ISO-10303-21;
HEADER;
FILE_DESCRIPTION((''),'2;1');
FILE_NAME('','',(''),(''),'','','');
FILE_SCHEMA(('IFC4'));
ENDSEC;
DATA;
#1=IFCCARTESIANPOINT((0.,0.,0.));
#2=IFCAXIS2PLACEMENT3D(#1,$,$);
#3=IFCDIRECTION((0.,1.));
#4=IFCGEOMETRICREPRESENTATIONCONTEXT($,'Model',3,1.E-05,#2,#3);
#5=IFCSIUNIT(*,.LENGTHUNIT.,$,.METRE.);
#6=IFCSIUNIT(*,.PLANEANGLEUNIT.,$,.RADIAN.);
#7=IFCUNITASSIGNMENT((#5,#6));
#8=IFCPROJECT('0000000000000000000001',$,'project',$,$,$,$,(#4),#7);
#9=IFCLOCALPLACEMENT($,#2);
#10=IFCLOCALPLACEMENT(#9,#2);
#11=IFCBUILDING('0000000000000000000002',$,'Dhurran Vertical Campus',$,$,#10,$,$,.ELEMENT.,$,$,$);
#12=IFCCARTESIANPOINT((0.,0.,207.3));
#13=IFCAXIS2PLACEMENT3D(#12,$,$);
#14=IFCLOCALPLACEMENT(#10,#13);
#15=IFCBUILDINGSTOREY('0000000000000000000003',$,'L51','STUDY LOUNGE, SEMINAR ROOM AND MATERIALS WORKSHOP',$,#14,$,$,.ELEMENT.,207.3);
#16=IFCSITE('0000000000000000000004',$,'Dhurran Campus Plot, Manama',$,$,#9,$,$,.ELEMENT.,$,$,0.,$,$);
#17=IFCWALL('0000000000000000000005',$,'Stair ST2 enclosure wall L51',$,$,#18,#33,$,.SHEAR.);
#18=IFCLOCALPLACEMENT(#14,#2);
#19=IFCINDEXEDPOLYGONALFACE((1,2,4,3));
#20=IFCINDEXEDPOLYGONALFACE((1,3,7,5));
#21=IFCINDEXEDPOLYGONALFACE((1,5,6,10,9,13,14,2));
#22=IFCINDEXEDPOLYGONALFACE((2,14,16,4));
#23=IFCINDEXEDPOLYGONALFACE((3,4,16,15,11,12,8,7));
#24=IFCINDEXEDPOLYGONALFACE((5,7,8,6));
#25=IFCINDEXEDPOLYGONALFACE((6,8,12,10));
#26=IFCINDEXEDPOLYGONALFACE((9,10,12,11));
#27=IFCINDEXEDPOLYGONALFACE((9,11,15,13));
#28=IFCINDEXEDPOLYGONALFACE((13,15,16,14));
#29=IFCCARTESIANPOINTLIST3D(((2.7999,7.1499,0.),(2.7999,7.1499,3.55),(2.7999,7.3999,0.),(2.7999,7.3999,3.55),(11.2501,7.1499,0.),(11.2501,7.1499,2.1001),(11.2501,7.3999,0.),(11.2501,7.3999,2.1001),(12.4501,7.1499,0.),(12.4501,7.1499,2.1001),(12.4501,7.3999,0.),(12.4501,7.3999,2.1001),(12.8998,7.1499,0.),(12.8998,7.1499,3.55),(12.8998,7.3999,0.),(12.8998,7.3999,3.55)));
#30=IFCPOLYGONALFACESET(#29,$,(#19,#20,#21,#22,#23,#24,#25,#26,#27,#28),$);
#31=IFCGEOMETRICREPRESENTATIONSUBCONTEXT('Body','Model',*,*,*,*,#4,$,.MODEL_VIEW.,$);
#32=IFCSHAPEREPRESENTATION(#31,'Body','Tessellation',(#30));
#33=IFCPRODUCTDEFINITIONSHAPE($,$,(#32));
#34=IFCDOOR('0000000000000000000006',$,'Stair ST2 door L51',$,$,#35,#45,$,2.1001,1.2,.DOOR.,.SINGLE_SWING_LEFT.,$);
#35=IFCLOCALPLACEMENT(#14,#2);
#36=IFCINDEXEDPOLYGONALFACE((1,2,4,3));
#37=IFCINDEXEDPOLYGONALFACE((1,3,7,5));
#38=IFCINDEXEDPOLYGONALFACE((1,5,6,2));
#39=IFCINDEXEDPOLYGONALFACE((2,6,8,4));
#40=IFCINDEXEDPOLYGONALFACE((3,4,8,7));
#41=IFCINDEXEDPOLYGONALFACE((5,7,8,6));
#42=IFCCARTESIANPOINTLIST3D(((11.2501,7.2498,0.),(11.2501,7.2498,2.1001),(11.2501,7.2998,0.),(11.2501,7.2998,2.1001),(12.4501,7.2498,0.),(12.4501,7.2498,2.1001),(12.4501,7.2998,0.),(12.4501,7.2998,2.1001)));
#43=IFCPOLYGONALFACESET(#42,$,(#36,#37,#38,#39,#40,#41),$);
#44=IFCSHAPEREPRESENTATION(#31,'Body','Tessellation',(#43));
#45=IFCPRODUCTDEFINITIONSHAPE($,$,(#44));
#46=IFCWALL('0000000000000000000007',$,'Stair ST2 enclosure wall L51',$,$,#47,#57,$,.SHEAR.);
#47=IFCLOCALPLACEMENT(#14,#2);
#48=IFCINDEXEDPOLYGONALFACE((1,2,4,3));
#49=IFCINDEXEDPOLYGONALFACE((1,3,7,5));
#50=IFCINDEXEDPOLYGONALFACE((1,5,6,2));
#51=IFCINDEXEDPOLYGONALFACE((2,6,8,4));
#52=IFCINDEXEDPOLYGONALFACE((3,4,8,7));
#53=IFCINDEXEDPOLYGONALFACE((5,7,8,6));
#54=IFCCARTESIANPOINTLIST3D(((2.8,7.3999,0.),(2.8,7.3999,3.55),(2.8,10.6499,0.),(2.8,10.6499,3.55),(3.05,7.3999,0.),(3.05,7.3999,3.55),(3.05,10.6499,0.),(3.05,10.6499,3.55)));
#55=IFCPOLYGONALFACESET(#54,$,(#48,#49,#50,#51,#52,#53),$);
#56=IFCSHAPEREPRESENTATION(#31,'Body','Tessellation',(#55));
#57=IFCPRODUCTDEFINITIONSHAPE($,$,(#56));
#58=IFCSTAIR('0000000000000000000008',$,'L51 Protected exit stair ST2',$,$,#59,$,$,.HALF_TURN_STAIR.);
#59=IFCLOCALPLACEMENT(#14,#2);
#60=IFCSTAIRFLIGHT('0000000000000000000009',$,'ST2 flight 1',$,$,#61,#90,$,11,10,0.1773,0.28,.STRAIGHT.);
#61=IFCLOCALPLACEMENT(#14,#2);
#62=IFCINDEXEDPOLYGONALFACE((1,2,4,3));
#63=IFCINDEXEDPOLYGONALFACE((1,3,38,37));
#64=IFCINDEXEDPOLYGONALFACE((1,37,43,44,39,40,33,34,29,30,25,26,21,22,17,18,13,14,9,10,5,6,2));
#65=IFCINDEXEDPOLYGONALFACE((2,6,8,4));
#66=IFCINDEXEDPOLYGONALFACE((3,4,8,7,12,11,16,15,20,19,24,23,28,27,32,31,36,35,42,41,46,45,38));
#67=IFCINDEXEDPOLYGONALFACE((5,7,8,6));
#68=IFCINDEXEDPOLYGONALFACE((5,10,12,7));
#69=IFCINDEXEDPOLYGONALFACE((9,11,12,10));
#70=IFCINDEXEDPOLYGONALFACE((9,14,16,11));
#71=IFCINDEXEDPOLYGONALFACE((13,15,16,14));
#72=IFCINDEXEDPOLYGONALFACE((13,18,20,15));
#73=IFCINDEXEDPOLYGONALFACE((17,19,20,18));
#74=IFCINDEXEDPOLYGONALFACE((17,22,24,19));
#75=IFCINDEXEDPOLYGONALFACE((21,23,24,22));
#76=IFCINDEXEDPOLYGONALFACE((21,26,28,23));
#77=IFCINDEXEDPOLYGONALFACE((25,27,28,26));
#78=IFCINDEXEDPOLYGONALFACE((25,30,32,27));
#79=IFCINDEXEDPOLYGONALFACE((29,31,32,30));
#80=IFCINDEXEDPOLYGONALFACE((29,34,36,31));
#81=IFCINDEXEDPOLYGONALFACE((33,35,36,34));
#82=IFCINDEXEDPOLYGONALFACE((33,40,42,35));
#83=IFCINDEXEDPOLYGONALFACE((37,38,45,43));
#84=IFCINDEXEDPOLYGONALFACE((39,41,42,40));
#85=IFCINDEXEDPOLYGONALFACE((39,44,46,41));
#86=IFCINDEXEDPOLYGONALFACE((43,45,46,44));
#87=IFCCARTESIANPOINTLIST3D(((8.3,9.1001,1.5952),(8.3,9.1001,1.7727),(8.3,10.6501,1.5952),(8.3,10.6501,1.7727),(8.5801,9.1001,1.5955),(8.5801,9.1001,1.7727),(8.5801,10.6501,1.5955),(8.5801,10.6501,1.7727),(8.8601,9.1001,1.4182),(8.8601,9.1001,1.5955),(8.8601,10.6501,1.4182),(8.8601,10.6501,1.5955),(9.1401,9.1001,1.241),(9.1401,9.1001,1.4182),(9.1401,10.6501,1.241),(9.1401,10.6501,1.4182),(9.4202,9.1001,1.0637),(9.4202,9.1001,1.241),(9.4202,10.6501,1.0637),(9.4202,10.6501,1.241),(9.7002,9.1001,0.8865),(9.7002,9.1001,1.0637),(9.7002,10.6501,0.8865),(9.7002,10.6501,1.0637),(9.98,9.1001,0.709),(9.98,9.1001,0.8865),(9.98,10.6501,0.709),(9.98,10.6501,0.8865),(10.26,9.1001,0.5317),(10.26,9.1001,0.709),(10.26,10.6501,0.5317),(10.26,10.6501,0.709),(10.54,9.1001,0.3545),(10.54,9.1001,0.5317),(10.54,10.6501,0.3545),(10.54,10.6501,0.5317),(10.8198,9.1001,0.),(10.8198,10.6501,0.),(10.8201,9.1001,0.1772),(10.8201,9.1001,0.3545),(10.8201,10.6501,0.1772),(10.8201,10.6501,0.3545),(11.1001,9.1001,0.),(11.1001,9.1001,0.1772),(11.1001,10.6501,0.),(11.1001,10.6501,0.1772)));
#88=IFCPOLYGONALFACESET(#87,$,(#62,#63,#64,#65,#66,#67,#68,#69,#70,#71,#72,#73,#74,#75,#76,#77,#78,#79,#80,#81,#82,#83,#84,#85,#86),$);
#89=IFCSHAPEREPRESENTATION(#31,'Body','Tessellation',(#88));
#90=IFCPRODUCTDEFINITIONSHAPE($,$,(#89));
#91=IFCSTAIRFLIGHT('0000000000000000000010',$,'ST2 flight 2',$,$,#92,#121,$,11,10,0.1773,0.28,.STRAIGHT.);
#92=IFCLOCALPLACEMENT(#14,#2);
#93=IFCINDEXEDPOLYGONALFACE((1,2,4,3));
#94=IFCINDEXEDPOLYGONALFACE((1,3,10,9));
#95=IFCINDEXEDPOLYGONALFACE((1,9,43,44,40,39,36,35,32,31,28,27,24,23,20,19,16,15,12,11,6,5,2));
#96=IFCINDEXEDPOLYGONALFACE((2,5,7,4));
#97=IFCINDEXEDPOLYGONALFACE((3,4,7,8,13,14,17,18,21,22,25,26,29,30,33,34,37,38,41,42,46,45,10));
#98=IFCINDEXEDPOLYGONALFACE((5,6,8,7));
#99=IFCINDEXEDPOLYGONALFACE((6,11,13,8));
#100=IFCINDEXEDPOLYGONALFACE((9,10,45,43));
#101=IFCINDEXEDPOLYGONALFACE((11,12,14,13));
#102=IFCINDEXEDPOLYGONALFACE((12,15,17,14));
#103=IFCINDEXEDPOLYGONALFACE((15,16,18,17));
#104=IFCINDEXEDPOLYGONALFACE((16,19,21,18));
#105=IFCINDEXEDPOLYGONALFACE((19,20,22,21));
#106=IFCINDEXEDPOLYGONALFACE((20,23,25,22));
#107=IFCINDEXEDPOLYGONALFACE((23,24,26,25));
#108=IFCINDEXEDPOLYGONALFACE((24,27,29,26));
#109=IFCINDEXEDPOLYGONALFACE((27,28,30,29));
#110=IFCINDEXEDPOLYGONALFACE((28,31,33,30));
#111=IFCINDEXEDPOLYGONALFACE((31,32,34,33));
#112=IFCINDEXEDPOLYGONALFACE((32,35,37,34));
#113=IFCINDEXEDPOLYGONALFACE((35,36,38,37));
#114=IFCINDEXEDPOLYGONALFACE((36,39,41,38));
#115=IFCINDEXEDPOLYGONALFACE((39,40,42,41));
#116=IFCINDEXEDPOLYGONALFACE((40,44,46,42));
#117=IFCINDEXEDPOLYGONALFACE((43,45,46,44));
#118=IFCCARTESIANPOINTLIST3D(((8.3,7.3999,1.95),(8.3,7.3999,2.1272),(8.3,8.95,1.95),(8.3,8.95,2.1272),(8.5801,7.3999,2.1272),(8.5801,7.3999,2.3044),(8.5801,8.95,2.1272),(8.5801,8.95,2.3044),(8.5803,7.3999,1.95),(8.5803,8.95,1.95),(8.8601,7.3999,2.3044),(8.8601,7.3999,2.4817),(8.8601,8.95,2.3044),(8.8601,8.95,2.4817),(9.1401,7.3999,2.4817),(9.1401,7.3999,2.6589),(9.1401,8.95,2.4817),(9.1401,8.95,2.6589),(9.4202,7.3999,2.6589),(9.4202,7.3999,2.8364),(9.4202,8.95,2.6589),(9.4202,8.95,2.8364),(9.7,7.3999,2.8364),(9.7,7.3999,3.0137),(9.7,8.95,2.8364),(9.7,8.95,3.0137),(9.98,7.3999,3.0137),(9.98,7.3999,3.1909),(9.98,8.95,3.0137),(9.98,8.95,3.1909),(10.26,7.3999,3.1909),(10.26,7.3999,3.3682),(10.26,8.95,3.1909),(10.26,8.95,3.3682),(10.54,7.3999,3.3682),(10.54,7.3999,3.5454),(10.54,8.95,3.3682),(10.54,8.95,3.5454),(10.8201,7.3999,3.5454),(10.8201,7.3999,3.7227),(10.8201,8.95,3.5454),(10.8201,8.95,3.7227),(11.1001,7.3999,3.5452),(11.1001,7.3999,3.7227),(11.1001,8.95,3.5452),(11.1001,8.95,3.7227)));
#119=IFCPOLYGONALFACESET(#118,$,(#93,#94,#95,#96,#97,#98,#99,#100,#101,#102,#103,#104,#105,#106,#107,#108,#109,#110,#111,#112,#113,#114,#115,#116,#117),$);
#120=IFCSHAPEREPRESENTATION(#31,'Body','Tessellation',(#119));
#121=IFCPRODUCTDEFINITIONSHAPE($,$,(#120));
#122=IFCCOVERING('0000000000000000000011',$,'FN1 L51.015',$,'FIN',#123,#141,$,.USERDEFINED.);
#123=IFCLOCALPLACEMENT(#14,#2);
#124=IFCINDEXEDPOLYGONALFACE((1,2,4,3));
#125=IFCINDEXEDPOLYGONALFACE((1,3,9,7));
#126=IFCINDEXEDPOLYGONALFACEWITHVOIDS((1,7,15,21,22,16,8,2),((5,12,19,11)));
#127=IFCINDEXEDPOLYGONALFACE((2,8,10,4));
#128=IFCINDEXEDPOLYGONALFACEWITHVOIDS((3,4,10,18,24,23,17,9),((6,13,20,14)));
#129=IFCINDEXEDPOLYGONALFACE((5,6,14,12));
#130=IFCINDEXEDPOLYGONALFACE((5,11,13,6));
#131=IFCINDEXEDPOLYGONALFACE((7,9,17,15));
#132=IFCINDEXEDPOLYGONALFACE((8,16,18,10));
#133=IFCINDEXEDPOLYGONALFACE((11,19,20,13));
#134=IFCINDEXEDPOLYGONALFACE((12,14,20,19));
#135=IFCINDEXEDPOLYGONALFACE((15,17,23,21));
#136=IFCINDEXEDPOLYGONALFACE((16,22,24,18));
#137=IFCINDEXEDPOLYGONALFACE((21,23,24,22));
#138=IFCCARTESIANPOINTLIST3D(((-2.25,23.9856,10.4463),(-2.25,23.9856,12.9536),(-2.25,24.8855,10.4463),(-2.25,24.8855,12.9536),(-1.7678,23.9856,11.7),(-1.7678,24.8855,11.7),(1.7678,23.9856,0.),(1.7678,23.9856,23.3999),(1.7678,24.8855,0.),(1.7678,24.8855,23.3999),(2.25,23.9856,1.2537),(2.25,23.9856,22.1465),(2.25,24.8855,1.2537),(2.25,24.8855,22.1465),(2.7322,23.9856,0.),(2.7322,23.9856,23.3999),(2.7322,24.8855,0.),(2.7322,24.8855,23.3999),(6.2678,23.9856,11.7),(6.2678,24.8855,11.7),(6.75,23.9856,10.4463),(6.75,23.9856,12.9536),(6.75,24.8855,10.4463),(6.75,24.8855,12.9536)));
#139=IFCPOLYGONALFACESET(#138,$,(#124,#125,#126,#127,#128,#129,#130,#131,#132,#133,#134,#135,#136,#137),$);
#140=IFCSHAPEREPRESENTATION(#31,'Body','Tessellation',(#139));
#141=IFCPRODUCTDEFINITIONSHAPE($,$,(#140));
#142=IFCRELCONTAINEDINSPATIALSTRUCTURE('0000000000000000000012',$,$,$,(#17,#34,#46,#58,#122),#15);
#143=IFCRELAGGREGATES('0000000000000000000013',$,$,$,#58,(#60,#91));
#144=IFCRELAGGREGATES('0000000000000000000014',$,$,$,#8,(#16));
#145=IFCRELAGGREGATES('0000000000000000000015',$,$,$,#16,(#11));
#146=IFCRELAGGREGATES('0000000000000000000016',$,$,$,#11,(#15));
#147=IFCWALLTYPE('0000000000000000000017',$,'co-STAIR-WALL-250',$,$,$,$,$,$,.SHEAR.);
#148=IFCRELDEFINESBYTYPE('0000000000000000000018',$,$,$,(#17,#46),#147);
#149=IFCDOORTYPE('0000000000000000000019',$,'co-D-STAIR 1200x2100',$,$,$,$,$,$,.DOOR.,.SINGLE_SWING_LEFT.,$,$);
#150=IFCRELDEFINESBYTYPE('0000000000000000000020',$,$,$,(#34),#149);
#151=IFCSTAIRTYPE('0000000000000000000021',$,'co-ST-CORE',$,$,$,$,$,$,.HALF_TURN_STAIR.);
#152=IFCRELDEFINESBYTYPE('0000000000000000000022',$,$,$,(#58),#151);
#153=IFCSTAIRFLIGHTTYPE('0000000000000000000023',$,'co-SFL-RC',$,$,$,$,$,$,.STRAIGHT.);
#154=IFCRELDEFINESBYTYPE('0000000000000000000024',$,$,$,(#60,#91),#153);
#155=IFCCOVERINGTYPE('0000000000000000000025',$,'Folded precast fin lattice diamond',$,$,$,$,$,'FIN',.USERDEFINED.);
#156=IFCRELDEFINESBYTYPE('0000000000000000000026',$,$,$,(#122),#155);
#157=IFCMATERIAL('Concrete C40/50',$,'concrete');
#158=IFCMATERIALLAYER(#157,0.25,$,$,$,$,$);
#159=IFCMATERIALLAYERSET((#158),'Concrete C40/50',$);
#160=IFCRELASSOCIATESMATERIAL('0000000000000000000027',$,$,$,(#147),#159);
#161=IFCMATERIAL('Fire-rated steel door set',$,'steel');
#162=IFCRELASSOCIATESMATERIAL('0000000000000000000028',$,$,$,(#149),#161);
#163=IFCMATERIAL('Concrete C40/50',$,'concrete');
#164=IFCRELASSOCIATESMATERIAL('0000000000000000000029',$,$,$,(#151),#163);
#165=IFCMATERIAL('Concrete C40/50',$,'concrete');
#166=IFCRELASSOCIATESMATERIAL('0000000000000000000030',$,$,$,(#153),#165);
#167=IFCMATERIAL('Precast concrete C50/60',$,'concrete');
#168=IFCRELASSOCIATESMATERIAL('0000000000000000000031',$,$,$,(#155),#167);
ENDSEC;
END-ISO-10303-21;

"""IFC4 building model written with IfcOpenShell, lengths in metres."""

from ifc_helpers import new_model, si_unit, direction, frame, frame_2d, origin, place, context, subcontext, project, spatial, polyline, rectangle, outline, extrude, material, layer, layer_set, type_object, element, fill, aggregate, save


model = new_model("IFC4")

# Units and contexts
model_context = context("Model", 3, precision=1e-05, world=origin(), true_north=direction((0.0, 1.0)))
body_context = subcontext(model_context, "Body", "Model", "MODEL_VIEW")
ifc_project = project(units=[si_unit("LENGTHUNIT", "METRE"), si_unit("PLANEANGLEUNIT", "RADIAN")], contexts=[model_context])

# Site, building, storey
site_placement = place(None, origin())
site = spatial("IfcSite", under=ifc_project, at=site_placement, Name="Dhurran Campus Plot, Manama", CompositionType="ELEMENT", RefElevation=0.0)
building_placement = place(site_placement, origin())
building = spatial("IfcBuilding", under=site, at=building_placement, Name="Dhurran Vertical Campus", CompositionType="ELEMENT")
storey_placement = place(building_placement, frame((0.0, 0.0, 207.3)))
storey = spatial("IfcBuildingStorey", under=building, at=storey_placement, Name="L51", Description="STUDY LOUNGE, SEMINAR ROOM AND MATERIALS WORKSHOP", CompositionType="ELEMENT", Elevation=207.3)

# Wall, opening, door
ifc_material_1 = material(Name="Concrete C40/50", Category="concrete")
ifc_layer_1 = layer(ifc_material_1, 0.25)
ifc_layer_set_1 = layer_set([ifc_layer_1], Name="Concrete C40/50")
wall_type_1 = type_object("IfcWallType", Name="co-STAIR-WALL-250", PredefinedType="SHEAR", material=ifc_layer_set_1)
wall_1_placement = place(storey_placement, frame((2.8, 7.2749, 0.0), z_axis=(0.0, 0.0, 1.0), x_axis=(1.0, 0.0, 0.0)))
wall_1 = element("IfcWall", 1, at=wall_1_placement, inside=storey, type_object=wall_type_1, Name="Stair ST2 enclosure wall L51", PredefinedType="SHEAR", context=body_context, shape_type="SweptSolid", body=[
    extrude(rectangle(XDim=10.0999, YDim=0.25, at=frame_2d((5.0498, 0.0))), origin(), (0.0, 0.0, 1.0), 3.55),
])
opening_1_placement = place(wall_1_placement, frame((8.45, 0.0, 0.0)))
opening_1 = element("IfcOpeningElement", 2, at=opening_1_placement, cuts=wall_1, PredefinedType="OPENING", context=body_context, shape_type="SweptSolid", body=[
    extrude(rectangle(XDim=1.2, YDim=2.1001, at=frame_2d((0.6001, 1.05))), frame((0.0, 0.135, 0.0), z_axis=(0.0, -1.0, 0.0), x_axis=(1.0, 0.0, 0.0)), (0.0, 0.0, 1.0), 0.27),
])
ifc_material_2 = material(Name="Fire-rated steel door set", Category="steel")
door_type = type_object("IfcDoorType", Name="co-D-STAIR 1200x2100", OperationType="SINGLE_SWING_LEFT", PredefinedType="DOOR", material=ifc_material_2)
door_placement = place(opening_1_placement, origin())
door = element("IfcDoor", 3, at=door_placement, inside=storey, type_object=door_type, Name="Stair ST2 door L51", OperationType="SINGLE_SWING_LEFT", OverallHeight=2.1001, OverallWidth=1.2, PredefinedType="DOOR", context=body_context, shape_type="SweptSolid", body=[
    extrude(rectangle(XDim=1.2, YDim=2.1001, at=frame_2d((0.6001, 1.05))), frame((0.0, 0.0249, 0.0), z_axis=(0.0, -1.0, 0.0), x_axis=(1.0, 0.0, 0.0)), (0.0, 0.0, 1.0), 0.05),
])
fill(opening_1, door)

# Wall
wall_2_placement = place(storey_placement, frame((2.925, 7.3999, 0.0), z_axis=(0.0, 0.0, 1.0), x_axis=(0.0, 1.0, 0.0)))
element("IfcWall", 4, at=wall_2_placement, inside=storey, type_object=wall_type_1, Name="Stair ST2 enclosure wall L51", PredefinedType="SHEAR", context=body_context, shape_type="SweptSolid", body=[
    extrude(rectangle(XDim=3.25, YDim=0.25, at=frame_2d((1.625, 0.0))), origin(), (0.0, 0.0, 1.0), 3.55),
])

# Stair, stair flights
ifc_material_3 = material(Name="Concrete C40/50", Category="concrete")
stair_type = type_object("IfcStairType", Name="co-ST-CORE", PredefinedType="HALF_TURN_STAIR", material=ifc_material_3)
stair_placement = place(storey_placement, origin())
stair = element("IfcStair", 5, at=stair_placement, inside=storey, type_object=stair_type, Name="L51 Protected exit stair ST2", PredefinedType="HALF_TURN_STAIR")
ifc_material_4 = material(Name="Concrete C40/50", Category="concrete")
stair_flight_type = type_object("IfcStairFlightType", Name="co-SFL-RC", PredefinedType="STRAIGHT", material=ifc_material_4)
stair_flight_1_placement = place(storey_placement, frame((11.1001, 9.875, 0.0), z_axis=(0.0, 0.0, 1.0), x_axis=(-1.0, 0.0, 0.0)))
stair_flight_1 = element("IfcStairFlight", 6, at=stair_flight_1_placement, type_object=stair_flight_type, Name="ST2 flight 1", NumberOfRisers=11, NumberOfTreads=10, PredefinedType="STRAIGHT", RiserHeight=0.1773, TreadLength=0.28, context=body_context, shape_type="SweptSolid", body=[
    extrude(outline(polyline([(0.0, 0.0), (0.0, 0.1772), (0.28, 0.1772), (0.28, 0.3545), (0.5601, 0.3545), (0.5601, 0.5317), (0.8401, 0.5317), (0.8401, 0.709), (1.1201, 0.709), (1.1201, 0.8865), (1.3999, 0.8865), (1.3999, 1.0637), (1.6799, 1.0637), (1.6799, 1.241), (1.96, 1.241), (1.96, 1.4182), (2.24, 1.4182), (2.24, 1.5955), (2.52, 1.5955), (2.52, 1.7727), (2.8, 1.7727), (2.8, 1.95), (2.8, 1.5952), (0.2803, 0.0), (0.0, 0.0)])), frame((0.0, 0.7749, 0.0), z_axis=(0.0, -1.0, 0.0), x_axis=(1.0, 0.0, 0.0)), (0.0, 0.0, 1.0), 1.55),
])
stair_flight_2_placement = place(storey_placement, frame((8.3, 8.175, 1.95), z_axis=(0.0, 0.0, 1.0), x_axis=(1.0, 0.0, 0.0)))
stair_flight_2 = element("IfcStairFlight", 7, at=stair_flight_2_placement, type_object=stair_flight_type, Name="ST2 flight 2", NumberOfRisers=11, NumberOfTreads=10, PredefinedType="STRAIGHT", RiserHeight=0.1773, TreadLength=0.28, context=body_context, shape_type="SweptSolid", body=[
    extrude(outline(polyline([(0.0, 0.0), (0.0, 0.1772), (0.28, 0.1772), (0.28, 0.3545), (0.5601, 0.3545), (0.5601, 0.5317), (0.8401, 0.5317), (0.8401, 0.709), (1.1201, 0.709), (1.1201, 0.8865), (1.3999, 0.8865), (1.3999, 1.0637), (1.6799, 1.0637), (1.6799, 1.241), (1.96, 1.241), (1.96, 1.4182), (2.24, 1.4182), (2.24, 1.5955), (2.52, 1.5955), (2.52, 1.7727), (2.8, 1.7727), (2.8, 1.95), (2.8, 1.5952), (0.2803, 0.0), (0.0, 0.0)])), frame((0.0, 0.7749, 0.0), z_axis=(0.0, -1.0, 0.0), x_axis=(1.0, 0.0, 0.0)), (0.0, 0.0, 1.0), 1.55),
])
aggregate(stair, [stair_flight_1, stair_flight_2])

# Covering
ifc_material_5 = material(Name="Precast concrete C50/60", Category="concrete")
covering_type = type_object("IfcCoveringType", Name="Folded precast fin lattice diamond", ElementType="FIN", PredefinedType="USERDEFINED", material=ifc_material_5)
covering_placement = place(storey_placement, frame((6.75, 23.9856, 0.0), z_axis=(0.0, 1.0, 0.0), x_axis=(-1.0, 0.0, 0.0)))
element("IfcCovering", 8, at=covering_placement, inside=storey, type_object=covering_type, Name="FN1 L51.015", ObjectType="FIN", PredefinedType="USERDEFINED", context=body_context, shape_type="SweptSolid", body=[
    extrude(outline(polyline([(9.0, 12.9536), (9.0, 10.4463), (4.9822, 0.0), (4.0178, 0.0), (0.0, 10.4463), (0.0, 12.9536), (4.0178, 23.3999), (4.9822, 23.3999), (9.0, 12.9536)]), holes=[polyline([(8.5178, 11.7), (4.5, 22.1465), (0.4822, 11.7), (4.5, 1.2537), (8.5178, 11.7)])]), origin(), (0.0, 0.0, 1.0), 0.8999),
])

save(model, "model.ifc")
